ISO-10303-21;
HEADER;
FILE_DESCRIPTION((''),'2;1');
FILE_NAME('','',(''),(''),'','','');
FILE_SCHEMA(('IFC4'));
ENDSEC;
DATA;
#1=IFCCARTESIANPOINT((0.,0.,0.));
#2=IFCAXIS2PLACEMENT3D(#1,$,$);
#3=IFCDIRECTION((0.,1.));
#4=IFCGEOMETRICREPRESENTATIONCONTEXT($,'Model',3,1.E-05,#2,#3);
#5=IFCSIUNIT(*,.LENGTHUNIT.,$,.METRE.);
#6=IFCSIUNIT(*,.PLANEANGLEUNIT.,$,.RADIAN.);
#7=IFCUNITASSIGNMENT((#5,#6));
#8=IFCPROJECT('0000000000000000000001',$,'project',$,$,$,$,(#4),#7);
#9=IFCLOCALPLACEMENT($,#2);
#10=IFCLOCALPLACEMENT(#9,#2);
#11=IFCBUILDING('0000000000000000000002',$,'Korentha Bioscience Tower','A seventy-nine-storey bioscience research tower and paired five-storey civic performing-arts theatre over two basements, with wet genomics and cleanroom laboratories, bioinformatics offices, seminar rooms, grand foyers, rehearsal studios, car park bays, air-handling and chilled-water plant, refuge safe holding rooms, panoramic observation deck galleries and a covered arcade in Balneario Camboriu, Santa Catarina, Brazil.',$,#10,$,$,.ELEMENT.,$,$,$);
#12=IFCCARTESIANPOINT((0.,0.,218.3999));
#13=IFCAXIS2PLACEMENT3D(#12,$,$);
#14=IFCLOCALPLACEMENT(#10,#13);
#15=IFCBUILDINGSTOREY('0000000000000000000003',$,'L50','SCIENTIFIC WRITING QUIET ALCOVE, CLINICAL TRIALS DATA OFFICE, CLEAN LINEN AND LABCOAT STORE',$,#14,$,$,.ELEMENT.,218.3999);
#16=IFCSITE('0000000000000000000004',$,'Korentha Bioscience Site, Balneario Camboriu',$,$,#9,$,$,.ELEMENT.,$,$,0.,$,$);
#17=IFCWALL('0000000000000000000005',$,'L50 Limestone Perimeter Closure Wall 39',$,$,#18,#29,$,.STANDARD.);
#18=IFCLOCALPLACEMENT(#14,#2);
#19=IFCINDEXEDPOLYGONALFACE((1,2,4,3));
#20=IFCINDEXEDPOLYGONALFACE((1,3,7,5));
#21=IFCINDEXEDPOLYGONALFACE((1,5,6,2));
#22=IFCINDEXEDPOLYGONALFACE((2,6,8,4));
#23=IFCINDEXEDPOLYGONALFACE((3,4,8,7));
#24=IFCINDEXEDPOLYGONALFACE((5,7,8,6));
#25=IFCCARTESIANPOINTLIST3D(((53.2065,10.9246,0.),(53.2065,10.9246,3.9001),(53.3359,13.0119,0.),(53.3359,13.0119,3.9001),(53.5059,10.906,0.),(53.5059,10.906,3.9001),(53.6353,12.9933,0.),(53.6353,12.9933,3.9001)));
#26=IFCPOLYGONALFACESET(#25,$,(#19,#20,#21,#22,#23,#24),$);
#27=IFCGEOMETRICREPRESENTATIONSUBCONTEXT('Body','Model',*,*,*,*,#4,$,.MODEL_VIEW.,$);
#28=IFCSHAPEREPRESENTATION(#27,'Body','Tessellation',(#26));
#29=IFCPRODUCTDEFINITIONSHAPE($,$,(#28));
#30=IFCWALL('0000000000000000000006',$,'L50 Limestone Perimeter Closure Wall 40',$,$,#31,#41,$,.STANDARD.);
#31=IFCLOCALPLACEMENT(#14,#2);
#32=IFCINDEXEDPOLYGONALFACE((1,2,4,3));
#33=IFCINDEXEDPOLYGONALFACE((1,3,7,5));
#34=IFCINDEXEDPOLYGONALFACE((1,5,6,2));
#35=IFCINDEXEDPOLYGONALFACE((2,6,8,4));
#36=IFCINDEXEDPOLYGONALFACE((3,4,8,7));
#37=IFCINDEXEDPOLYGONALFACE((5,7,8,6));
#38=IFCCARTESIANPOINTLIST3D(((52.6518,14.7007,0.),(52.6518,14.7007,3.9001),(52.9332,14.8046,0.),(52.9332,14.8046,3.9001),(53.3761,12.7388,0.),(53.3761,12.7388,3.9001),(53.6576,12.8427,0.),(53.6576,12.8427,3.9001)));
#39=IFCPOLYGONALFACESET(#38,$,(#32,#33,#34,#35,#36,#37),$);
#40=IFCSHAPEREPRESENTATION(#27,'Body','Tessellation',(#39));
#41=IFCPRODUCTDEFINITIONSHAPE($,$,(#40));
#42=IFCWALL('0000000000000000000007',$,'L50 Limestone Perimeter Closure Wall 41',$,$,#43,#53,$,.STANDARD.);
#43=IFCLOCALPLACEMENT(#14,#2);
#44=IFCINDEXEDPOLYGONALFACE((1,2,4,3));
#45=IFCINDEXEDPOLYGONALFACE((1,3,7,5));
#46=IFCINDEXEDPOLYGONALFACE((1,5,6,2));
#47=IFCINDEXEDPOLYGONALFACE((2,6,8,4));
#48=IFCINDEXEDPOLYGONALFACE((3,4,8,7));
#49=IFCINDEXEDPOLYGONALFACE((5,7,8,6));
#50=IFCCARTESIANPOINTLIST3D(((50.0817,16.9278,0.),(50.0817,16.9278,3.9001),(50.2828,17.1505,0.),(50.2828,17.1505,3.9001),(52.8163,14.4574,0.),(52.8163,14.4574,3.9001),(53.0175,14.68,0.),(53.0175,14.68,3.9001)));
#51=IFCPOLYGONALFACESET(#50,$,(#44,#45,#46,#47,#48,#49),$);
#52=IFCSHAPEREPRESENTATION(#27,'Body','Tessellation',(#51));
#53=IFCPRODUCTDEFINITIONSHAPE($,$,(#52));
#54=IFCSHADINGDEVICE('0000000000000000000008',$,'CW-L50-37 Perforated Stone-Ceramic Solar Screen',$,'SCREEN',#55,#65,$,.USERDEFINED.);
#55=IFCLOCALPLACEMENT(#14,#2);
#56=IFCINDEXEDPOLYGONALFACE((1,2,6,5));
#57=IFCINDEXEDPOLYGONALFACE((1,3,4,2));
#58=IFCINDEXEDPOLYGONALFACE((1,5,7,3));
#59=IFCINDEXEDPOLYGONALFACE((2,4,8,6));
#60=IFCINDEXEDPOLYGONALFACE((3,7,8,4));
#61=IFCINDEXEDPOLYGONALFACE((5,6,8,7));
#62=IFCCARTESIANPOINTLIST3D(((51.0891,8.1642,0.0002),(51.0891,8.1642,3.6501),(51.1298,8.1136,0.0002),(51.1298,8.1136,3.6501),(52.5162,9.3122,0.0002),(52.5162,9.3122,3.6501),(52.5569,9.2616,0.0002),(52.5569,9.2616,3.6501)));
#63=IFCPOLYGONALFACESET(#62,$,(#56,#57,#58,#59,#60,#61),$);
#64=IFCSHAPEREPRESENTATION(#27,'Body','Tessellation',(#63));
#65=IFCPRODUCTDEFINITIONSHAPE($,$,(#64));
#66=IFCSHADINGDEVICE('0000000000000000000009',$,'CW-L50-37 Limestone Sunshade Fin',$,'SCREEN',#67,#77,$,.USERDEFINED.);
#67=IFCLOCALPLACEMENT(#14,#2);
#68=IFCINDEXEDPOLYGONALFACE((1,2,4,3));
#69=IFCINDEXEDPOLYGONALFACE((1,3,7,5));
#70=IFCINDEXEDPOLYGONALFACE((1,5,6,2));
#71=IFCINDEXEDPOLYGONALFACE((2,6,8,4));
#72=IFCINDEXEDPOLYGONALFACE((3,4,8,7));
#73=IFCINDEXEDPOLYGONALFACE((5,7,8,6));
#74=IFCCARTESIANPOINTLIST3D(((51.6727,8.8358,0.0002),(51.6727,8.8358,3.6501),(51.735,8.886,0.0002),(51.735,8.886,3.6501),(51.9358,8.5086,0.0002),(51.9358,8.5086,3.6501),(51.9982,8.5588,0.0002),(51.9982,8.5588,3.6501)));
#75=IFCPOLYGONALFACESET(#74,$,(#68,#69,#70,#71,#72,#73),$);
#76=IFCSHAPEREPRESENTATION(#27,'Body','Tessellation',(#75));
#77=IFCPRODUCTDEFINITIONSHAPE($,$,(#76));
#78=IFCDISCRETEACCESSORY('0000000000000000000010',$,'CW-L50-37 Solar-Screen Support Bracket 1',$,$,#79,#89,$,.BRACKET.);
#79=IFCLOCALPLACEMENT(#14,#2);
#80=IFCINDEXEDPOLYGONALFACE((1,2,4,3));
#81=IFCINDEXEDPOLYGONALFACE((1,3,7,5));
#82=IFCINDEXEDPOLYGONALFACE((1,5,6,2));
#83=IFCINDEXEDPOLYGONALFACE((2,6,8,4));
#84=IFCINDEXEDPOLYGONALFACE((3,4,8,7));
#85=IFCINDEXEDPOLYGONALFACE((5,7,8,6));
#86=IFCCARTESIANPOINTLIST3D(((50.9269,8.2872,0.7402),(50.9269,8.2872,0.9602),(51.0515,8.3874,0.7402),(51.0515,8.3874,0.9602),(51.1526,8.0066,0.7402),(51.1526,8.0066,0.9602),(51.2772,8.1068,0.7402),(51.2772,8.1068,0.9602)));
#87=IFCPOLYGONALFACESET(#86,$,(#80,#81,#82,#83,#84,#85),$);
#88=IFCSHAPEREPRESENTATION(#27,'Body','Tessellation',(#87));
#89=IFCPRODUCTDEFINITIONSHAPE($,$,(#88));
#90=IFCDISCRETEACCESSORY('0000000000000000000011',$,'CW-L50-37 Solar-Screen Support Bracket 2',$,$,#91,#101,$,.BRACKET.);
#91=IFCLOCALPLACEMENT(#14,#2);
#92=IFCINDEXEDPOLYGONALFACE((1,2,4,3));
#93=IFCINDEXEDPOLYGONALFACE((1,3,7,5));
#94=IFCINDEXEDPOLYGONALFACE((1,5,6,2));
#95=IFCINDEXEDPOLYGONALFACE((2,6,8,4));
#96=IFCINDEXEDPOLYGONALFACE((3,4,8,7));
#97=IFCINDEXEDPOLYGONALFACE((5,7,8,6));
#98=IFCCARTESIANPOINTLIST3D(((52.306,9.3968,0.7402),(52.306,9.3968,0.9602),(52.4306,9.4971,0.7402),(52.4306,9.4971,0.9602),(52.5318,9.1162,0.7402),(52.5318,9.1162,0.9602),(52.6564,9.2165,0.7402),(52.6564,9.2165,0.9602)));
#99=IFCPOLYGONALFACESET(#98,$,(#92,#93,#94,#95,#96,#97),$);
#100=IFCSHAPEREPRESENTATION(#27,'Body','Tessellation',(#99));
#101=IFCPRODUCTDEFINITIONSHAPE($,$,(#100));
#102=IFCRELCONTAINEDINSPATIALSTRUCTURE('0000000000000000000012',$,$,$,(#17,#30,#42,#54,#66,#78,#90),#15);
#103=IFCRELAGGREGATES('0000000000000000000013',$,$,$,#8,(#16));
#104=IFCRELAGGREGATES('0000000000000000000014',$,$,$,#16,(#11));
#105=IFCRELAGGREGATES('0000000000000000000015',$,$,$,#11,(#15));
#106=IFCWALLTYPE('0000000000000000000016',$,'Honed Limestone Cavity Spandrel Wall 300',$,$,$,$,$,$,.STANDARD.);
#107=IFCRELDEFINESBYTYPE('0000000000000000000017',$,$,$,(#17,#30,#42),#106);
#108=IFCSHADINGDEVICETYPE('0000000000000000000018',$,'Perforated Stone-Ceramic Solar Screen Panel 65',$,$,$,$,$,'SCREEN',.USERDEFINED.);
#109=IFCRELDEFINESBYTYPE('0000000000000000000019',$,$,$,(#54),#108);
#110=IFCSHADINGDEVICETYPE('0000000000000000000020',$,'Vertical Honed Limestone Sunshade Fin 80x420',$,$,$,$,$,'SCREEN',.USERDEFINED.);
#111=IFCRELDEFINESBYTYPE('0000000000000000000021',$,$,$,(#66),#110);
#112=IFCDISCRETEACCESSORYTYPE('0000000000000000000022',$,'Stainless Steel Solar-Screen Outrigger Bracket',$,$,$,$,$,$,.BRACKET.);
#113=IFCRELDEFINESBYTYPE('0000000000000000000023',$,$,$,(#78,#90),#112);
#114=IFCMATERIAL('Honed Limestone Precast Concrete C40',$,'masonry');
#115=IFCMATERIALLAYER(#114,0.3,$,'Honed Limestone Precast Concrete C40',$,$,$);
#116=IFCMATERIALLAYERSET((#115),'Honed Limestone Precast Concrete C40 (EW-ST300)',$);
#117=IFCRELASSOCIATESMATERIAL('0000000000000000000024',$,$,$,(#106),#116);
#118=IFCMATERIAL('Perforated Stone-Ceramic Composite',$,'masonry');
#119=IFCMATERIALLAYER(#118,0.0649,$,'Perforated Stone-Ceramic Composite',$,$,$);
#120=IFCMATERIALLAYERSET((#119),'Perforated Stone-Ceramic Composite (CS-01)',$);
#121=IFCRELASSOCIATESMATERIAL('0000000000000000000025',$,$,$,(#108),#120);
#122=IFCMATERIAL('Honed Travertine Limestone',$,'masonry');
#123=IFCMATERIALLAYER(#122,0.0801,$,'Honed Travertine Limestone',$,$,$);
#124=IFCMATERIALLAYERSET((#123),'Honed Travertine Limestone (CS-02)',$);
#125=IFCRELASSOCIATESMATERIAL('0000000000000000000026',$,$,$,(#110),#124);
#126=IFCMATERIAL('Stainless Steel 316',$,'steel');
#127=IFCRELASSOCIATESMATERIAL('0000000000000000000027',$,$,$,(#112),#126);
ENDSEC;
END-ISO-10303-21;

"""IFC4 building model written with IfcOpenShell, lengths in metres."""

from ifc_helpers import new_model, si_unit, direction, frame, frame_2d, origin, origin_2d, place, context, subcontext, project, spatial, rectangle, extrude, material, layer, layer_set, type_object, element, save


model = new_model("IFC4")

# Units and contexts
model_context = context("Model", 3, precision=1e-05, world=origin(), true_north=direction((0.0, 1.0)))
body_context = subcontext(model_context, "Body", "Model", "MODEL_VIEW")
ifc_project = project(units=[si_unit("LENGTHUNIT", "METRE"), si_unit("PLANEANGLEUNIT", "RADIAN")], contexts=[model_context])

# Site, building, storey
site_placement = place(None, origin())
site = spatial("IfcSite", under=ifc_project, at=site_placement, Name="Korentha Bioscience Site, Balneario Camboriu", CompositionType="ELEMENT", RefElevation=0.0)
building_placement = place(site_placement, origin())
building = spatial("IfcBuilding", under=site, at=building_placement, Name="Korentha Bioscience Tower", Description="A seventy-nine-storey bioscience research tower and paired five-storey civic performing-arts theatre over two basements, with wet genomics and cleanroom laboratories, bioinformatics offices, seminar rooms, grand foyers, rehearsal studios, car park bays, air-handling and chilled-water plant, refuge safe holding rooms, panoramic observation deck galleries and a covered arcade in Balneario Camboriu, Santa Catarina, Brazil.", CompositionType="ELEMENT")
storey_placement = place(building_placement, frame((0.0, 0.0, 218.3999)))
storey = spatial("IfcBuildingStorey", under=building, at=storey_placement, Name="L50", Description="SCIENTIFIC WRITING QUIET ALCOVE, CLINICAL TRIALS DATA OFFICE, CLEAN LINEN AND LABCOAT STORE", CompositionType="ELEMENT", Elevation=218.3999)

# Shared definitions
ifc_material_1 = material(Name="Honed Limestone Precast Concrete C40", Category="masonry")
ifc_layer_1 = layer(ifc_material_1, 0.3, Name="Honed Limestone Precast Concrete C40")
ifc_layer_set_1 = layer_set([ifc_layer_1], Name="Honed Limestone Precast Concrete C40 (EW-ST300)")
wall_type_1 = type_object("IfcWallType", Name="Honed Limestone Cavity Spandrel Wall 300", PredefinedType="STANDARD", material=ifc_layer_set_1)

# Walls
for number, where, z_axis, x_axis, name in (
    (1, (53.3562, 10.9153, 0.0), (0.0, 0.0, 1.0), (0.06187, 0.998084, 0.0), "L50 Limestone Perimeter Closure Wall 39"),
    (2, (53.5168, 12.7908, 0.0), (0.0, 0.0, 1.0), (-0.34636, 0.938102, 0.0), "L50 Limestone Perimeter Closure Wall 40"),
):
    element("IfcWall", number, at=place(storey_placement, frame(where, z_axis=z_axis, x_axis=x_axis)), inside=storey, type_object=wall_type_1, Name=name, PredefinedType="STANDARD", context=body_context, shape_type="SweptSolid", body=[
        extrude(rectangle(XDim=2.0913, YDim=0.3, at=frame_2d((1.0457, 0.0))), origin(), (0.0, 0.0, 1.0), 3.9001),
    ])
wall_1_placement = place(storey_placement, frame((52.917, 14.5686, 0.0), z_axis=(0.0, 0.0, 1.0), x_axis=(-0.742038, 0.670358, 0.0)))
element("IfcWall", 3, at=wall_1_placement, inside=storey, type_object=wall_type_1, Name="L50 Limestone Perimeter Closure Wall 41", PredefinedType="STANDARD", context=body_context, shape_type="SweptSolid", body=[
    extrude(rectangle(XDim=3.6853, YDim=0.3, at=frame_2d((1.8428, 0.0))), origin(), (0.0, 0.0, 1.0), 3.9001),
])

# Shading devices
ifc_material_2 = material(Name="Perforated Stone-Ceramic Composite", Category="masonry")
ifc_layer_2 = layer(ifc_material_2, 0.0649, Name="Perforated Stone-Ceramic Composite")
ifc_layer_set_2 = layer_set([ifc_layer_2], Name="Perforated Stone-Ceramic Composite (CS-01)")
shading_device_type_1 = type_object("IfcShadingDeviceType", Name="Perforated Stone-Ceramic Solar Screen Panel 65", ElementType="SCREEN", PredefinedType="USERDEFINED", material=ifc_layer_set_2)
shading_device_1_placement = place(storey_placement, frame((51.823, 8.7129, 0.0002), z_axis=(0.0, 0.0, 1.0), x_axis=(0.779198, 0.626778, 0.0)))
element("IfcShadingDevice", 4, at=shading_device_1_placement, inside=storey, type_object=shading_device_type_1, Name="CW-L50-37 Perforated Stone-Ceramic Solar Screen", ObjectType="SCREEN", PredefinedType="USERDEFINED", context=body_context, shape_type="SweptSolid", body=[
    extrude(rectangle(XDim=1.8315, YDim=0.0649, at=origin_2d()), origin(), (0.0, 0.0, 1.0), 3.6499),
])
ifc_material_3 = material(Name="Honed Travertine Limestone", Category="masonry")
ifc_layer_3 = layer(ifc_material_3, 0.0801, Name="Honed Travertine Limestone")
ifc_layer_set_3 = layer_set([ifc_layer_3], Name="Honed Travertine Limestone (CS-02)")
shading_device_type_2 = type_object("IfcShadingDeviceType", Name="Vertical Honed Limestone Sunshade Fin 80x420", ElementType="SCREEN", PredefinedType="USERDEFINED", material=ifc_layer_set_3)
shading_device_2_placement = place(storey_placement, frame((51.8354, 8.6973, 0.0002), z_axis=(0.0, 0.0, 1.0), x_axis=(0.779198, 0.626778, 0.0)))
element("IfcShadingDevice", 5, at=shading_device_2_placement, inside=storey, type_object=shading_device_type_2, Name="CW-L50-37 Limestone Sunshade Fin", ObjectType="SCREEN", PredefinedType="USERDEFINED", context=body_context, shape_type="SweptSolid", body=[
    extrude(rectangle(XDim=0.0801, YDim=0.4199, at=origin_2d()), origin(), (0.0, 0.0, 1.0), 3.6499),
])

# Discrete accessories
ifc_material_4 = material(Name="Stainless Steel 316", Category="steel")
discrete_accessory_type = type_object("IfcDiscreteAccessoryType", Name="Stainless Steel Solar-Screen Outrigger Bracket", PredefinedType="BRACKET", material=ifc_material_4)
for number, where, z_axis, x_axis, name in (
    (6, (51.1021, 8.197, 0.7402), (0.0, 0.0, 1.0), (0.779198, 0.626778, 0.0), "CW-L50-37 Solar-Screen Support Bracket 1"),
    (7, (52.4812, 9.3066, 0.7402), (0.0, 0.0, 1.0), (0.779198, 0.626778, 0.0), "CW-L50-37 Solar-Screen Support Bracket 2"),
):
    element("IfcDiscreteAccessory", number, at=place(storey_placement, frame(where, z_axis=z_axis, x_axis=x_axis)), inside=storey, type_object=discrete_accessory_type, Name=name, PredefinedType="BRACKET", context=body_context, shape_type="SweptSolid", body=[
        extrude(rectangle(XDim=0.1599, YDim=0.3601, at=origin_2d()), origin(), (0.0, 0.0, 1.0), 0.22),
    ])

save(model, "model.ifc")
